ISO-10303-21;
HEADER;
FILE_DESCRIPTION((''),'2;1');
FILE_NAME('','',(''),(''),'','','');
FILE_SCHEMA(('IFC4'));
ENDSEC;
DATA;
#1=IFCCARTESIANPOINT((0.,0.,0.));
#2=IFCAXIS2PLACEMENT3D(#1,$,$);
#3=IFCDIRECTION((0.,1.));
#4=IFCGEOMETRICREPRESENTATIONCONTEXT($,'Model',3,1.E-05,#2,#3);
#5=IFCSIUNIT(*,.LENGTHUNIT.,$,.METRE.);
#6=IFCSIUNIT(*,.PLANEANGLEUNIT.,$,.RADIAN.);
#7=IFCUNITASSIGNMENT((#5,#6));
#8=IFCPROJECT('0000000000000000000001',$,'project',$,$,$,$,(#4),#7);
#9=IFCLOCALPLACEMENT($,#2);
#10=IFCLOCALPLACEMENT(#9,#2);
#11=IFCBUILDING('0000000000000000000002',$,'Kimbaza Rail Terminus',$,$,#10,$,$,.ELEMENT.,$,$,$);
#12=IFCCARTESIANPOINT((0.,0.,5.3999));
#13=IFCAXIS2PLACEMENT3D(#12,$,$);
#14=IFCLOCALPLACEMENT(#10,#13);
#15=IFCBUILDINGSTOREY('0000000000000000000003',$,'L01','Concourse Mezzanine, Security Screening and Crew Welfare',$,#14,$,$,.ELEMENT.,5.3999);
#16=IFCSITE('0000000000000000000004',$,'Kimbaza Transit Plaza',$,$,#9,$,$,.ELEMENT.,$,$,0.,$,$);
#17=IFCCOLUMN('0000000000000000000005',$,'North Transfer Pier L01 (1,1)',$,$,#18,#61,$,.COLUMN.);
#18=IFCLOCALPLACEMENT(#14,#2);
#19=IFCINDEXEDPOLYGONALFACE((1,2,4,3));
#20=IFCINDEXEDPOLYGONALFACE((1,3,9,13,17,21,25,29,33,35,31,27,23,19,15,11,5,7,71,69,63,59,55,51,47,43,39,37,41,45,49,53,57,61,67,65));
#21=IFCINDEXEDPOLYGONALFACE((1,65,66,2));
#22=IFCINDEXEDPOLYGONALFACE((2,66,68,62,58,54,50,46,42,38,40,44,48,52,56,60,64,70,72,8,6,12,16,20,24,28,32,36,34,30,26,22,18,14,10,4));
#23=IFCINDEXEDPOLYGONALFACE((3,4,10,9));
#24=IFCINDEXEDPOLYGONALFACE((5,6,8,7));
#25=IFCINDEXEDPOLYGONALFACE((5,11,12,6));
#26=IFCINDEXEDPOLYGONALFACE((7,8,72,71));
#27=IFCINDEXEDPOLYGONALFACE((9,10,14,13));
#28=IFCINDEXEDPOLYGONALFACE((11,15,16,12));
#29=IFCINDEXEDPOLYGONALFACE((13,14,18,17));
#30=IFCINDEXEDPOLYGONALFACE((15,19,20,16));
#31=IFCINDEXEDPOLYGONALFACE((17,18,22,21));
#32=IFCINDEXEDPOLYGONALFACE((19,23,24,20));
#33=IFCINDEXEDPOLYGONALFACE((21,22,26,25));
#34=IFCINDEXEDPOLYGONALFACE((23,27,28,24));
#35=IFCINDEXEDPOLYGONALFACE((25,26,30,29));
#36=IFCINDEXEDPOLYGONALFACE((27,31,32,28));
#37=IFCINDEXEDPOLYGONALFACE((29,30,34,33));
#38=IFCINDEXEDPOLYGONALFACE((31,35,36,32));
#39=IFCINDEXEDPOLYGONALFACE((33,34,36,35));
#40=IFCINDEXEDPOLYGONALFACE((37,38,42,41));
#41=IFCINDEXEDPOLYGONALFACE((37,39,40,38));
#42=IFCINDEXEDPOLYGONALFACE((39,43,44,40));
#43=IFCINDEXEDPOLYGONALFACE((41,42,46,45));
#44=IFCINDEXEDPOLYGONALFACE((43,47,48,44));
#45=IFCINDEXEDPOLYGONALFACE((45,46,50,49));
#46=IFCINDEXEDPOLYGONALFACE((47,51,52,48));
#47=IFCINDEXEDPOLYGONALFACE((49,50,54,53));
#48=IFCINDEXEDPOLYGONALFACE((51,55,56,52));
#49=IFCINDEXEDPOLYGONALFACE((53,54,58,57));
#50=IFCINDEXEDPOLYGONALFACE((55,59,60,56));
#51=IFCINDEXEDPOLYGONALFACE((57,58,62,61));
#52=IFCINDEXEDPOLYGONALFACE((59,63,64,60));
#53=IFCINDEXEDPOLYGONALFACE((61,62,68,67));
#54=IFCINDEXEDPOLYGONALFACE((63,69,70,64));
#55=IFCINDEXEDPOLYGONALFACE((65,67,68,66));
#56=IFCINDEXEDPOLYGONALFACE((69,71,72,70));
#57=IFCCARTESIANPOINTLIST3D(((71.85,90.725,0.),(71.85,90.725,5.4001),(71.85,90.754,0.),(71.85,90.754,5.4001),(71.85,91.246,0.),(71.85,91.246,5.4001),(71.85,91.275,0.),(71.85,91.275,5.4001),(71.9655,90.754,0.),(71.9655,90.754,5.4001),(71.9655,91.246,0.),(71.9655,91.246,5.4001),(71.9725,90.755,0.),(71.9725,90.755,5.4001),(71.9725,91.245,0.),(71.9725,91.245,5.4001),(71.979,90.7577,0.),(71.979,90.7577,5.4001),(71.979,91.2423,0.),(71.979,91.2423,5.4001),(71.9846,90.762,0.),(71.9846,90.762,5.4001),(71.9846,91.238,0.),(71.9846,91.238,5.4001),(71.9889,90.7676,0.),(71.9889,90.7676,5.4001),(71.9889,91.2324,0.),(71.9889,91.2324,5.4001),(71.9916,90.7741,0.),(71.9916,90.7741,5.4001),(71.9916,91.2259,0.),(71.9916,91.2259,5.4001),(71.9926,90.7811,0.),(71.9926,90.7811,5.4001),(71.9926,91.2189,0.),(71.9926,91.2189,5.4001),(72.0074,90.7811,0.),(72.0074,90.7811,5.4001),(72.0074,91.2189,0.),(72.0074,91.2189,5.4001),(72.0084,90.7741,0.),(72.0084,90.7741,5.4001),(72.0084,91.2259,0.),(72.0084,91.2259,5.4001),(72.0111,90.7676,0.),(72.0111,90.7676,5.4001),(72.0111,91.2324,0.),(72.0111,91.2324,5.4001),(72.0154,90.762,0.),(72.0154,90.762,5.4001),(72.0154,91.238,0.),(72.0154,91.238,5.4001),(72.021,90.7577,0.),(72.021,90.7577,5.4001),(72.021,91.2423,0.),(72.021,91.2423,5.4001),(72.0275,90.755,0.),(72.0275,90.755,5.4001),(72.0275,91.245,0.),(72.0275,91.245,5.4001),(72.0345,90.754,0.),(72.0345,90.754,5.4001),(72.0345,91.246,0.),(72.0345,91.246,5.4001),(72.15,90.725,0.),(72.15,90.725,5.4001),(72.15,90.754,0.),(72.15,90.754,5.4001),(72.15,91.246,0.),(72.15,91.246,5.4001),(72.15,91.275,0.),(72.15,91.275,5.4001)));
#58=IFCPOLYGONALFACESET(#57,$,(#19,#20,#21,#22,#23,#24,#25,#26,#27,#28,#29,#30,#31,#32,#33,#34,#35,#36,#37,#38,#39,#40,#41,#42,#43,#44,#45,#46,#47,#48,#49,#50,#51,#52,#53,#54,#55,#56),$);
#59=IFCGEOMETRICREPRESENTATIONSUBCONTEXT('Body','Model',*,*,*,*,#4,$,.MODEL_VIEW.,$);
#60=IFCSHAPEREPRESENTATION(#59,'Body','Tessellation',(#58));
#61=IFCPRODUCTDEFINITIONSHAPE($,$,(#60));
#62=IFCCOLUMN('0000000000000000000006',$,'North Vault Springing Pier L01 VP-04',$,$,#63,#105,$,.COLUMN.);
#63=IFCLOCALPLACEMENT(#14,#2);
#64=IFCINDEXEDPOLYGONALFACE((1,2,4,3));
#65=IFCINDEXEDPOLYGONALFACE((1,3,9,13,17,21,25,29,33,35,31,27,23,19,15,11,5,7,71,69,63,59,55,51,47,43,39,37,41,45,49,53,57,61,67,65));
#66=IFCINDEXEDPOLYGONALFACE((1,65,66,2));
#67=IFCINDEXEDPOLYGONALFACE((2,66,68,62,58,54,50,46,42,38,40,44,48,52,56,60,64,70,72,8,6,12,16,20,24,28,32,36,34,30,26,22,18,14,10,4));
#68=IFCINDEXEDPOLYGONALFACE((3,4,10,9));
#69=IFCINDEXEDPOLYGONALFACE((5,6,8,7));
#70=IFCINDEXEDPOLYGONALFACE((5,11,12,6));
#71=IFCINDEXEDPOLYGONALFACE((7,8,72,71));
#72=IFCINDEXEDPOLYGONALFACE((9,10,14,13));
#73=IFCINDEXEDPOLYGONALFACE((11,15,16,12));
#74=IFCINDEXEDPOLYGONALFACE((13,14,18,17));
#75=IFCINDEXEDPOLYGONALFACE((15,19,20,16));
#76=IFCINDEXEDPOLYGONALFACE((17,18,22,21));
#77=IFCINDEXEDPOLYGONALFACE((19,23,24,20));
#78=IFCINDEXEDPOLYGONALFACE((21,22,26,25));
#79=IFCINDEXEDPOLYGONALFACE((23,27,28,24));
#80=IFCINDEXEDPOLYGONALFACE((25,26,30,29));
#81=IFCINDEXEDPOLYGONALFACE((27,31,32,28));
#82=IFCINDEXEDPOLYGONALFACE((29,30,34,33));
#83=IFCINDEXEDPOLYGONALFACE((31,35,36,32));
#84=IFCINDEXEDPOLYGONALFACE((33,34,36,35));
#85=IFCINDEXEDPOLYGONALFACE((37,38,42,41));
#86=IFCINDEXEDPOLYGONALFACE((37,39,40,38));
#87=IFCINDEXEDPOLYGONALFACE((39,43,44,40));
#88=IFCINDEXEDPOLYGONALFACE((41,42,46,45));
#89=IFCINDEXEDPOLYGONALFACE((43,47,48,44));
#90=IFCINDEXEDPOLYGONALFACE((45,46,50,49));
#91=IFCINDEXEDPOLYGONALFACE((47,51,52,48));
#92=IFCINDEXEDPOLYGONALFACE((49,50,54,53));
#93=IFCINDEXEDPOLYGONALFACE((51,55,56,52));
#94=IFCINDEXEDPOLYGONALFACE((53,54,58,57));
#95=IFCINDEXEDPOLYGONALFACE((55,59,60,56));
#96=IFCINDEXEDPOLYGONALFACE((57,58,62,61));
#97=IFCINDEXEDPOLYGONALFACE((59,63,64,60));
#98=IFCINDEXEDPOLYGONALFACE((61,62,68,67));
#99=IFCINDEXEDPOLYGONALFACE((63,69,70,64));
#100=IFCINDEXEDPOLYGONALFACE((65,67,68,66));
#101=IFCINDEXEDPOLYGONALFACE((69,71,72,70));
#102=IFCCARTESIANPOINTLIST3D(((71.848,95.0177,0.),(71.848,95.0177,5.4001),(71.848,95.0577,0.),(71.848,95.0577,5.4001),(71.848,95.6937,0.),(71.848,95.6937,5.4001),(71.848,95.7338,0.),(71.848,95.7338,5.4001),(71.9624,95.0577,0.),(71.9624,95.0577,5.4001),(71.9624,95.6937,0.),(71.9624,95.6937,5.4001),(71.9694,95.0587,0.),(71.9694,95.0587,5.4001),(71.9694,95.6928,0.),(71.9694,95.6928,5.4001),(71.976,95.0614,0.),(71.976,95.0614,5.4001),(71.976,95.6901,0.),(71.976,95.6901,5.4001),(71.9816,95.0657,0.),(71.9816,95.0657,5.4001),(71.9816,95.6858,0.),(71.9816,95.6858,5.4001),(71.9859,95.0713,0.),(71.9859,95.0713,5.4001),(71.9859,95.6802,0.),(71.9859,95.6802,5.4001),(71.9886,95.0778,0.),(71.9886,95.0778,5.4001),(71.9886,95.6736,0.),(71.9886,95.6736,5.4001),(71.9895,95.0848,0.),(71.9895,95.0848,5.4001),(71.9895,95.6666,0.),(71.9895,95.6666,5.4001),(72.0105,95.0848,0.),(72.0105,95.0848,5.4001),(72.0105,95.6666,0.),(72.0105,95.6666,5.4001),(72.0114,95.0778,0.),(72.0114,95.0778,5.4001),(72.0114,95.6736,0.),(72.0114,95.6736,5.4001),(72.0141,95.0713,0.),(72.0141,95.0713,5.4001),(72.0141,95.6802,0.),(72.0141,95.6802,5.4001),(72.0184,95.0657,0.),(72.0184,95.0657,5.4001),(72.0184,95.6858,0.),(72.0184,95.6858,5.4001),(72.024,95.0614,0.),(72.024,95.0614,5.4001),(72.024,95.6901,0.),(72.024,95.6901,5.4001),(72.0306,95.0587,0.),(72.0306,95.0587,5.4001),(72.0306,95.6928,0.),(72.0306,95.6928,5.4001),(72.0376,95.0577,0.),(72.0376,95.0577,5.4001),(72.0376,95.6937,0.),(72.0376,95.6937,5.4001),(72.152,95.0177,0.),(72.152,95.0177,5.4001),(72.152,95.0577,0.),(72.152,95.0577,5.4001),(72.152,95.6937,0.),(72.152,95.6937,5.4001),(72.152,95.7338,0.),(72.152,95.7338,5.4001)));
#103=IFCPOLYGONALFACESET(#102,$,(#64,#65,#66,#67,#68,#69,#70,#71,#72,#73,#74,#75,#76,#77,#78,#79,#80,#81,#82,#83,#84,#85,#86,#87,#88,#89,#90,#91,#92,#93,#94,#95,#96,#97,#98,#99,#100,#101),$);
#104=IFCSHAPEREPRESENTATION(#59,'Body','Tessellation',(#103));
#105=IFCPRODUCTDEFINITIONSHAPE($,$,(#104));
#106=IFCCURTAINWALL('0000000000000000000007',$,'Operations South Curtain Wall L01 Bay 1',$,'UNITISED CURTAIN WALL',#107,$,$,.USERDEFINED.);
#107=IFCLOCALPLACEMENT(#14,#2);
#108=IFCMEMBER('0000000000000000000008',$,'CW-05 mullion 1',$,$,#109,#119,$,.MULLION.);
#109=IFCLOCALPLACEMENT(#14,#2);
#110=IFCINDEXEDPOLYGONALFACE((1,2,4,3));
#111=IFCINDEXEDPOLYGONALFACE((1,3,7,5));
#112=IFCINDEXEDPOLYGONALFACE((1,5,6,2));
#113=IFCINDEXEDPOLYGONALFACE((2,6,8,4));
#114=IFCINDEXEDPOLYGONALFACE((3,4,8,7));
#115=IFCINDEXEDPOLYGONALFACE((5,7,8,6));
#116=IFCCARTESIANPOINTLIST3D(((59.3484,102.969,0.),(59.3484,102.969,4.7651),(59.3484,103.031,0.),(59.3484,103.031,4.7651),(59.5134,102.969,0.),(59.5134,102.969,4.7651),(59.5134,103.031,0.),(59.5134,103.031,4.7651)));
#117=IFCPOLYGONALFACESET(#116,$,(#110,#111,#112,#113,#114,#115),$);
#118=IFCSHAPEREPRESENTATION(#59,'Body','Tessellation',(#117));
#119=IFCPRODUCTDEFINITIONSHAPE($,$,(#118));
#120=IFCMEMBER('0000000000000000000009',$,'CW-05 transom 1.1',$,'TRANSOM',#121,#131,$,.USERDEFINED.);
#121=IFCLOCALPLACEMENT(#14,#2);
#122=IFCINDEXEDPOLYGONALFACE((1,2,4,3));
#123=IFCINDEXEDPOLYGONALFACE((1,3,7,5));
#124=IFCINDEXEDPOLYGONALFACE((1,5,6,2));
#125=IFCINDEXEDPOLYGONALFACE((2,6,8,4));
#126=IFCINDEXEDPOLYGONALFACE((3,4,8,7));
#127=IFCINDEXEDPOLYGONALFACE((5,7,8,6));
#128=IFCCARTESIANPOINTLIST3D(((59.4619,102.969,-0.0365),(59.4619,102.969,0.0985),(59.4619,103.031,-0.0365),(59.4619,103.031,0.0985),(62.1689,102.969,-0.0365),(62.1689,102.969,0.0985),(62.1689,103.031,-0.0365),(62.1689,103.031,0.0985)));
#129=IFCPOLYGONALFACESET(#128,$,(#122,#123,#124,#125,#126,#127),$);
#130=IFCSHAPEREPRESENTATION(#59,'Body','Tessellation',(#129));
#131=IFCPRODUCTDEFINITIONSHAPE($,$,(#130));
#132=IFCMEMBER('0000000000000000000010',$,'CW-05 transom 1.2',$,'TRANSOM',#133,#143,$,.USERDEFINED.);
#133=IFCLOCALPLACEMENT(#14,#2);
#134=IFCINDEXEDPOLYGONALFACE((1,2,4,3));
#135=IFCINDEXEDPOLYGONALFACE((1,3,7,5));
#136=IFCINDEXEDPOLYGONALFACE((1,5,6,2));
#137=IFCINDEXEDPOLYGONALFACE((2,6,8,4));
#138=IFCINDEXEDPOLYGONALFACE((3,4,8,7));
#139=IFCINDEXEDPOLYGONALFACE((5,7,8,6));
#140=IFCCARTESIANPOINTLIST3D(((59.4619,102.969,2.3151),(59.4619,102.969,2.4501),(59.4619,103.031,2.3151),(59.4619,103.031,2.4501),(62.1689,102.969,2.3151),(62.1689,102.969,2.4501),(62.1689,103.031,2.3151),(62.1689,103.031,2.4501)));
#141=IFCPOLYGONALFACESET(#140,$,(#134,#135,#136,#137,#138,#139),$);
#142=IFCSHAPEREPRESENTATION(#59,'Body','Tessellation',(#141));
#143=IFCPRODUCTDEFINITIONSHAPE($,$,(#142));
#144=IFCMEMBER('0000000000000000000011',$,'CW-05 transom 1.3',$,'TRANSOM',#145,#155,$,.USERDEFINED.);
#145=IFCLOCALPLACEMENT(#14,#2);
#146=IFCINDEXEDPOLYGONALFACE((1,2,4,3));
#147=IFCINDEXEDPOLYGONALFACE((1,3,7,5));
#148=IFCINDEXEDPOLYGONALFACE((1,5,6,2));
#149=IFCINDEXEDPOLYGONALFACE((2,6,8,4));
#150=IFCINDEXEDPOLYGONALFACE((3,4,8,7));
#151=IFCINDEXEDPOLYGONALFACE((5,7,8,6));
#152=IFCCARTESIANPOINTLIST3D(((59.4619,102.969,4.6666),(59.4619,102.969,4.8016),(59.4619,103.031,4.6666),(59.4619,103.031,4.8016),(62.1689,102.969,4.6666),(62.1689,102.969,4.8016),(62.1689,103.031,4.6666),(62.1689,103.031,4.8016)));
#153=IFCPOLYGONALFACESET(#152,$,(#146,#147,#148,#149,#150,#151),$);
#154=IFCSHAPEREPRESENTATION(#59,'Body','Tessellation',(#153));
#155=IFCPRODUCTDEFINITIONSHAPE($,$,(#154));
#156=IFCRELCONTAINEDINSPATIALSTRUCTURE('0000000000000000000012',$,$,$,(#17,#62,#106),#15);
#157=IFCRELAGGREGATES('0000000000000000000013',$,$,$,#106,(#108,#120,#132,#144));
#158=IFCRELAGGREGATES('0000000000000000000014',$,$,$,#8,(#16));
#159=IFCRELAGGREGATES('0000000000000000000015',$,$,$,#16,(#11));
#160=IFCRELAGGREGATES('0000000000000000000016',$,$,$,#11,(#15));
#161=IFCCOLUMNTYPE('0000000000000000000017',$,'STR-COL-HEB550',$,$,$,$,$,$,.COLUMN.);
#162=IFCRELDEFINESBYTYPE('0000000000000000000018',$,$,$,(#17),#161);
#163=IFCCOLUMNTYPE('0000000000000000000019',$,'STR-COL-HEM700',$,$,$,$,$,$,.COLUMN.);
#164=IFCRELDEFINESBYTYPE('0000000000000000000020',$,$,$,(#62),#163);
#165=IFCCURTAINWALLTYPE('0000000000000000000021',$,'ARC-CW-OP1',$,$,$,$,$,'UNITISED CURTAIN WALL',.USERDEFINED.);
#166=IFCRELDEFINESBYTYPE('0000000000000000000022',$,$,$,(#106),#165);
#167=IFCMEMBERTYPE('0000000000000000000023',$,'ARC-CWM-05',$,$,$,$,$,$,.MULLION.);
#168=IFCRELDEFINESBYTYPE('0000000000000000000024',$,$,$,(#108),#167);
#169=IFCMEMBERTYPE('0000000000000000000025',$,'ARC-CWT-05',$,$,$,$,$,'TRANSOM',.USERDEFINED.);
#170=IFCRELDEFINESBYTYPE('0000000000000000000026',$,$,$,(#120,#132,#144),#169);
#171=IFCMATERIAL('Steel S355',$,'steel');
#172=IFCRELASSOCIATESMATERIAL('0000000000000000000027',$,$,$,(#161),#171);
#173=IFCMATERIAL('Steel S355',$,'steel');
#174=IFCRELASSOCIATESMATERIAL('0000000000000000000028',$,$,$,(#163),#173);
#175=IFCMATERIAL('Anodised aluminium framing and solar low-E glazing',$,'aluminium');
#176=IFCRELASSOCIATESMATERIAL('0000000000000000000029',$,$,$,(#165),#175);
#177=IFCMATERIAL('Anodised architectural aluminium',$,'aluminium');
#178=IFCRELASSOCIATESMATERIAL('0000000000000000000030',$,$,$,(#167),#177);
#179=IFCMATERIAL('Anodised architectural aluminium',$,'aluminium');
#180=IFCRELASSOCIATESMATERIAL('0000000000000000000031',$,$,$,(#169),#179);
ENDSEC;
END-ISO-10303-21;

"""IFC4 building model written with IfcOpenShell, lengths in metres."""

from ifc_helpers import new_model, si_unit, direction, frame, origin, origin_2d, place, context, subcontext, project, spatial, rectangle, i_section, extrude, material, material_profile, profile_set, type_object, element, aggregate, save


model = new_model("IFC4")

# Units and contexts
model_context = context("Model", 3, precision=1e-05, world=origin(), true_north=direction((0.0, 1.0)))
body_context = subcontext(model_context, "Body", "Model", "MODEL_VIEW")
ifc_project = project(units=[si_unit("LENGTHUNIT", "METRE"), si_unit("PLANEANGLEUNIT", "RADIAN")], contexts=[model_context])

# Site, building, storey
site_placement = place(None, origin())
site = spatial("IfcSite", under=ifc_project, at=site_placement, Name="Kimbaza Transit Plaza", CompositionType="ELEMENT", RefElevation=0.0)
building_placement = place(site_placement, origin())
building = spatial("IfcBuilding", under=site, at=building_placement, Name="Kimbaza Rail Terminus", CompositionType="ELEMENT")
storey_placement = place(building_placement, frame((0.0, 0.0, 5.3999)))
storey = spatial("IfcBuildingStorey", under=building, at=storey_placement, Name="L01", Description="Concourse Mezzanine, Security Screening and Crew Welfare", CompositionType="ELEMENT", Elevation=5.3999)

# Columns
ifc_material_1 = material(Name="Steel S355", Category="steel")
ifc_material_profile_1 = material_profile(ifc_material_1, i_section(OverallWidth=0.3, OverallDepth=0.55, WebThickness=0.0149, FlangeThickness=0.0291, FilletRadius=0.0271, at=origin_2d()), Name="HEB 550")
ifc_profile_set_1 = profile_set([ifc_material_profile_1], Name="Steel S355")
column_type_1 = type_object("IfcColumnType", Name="STR-COL-HEB550", PredefinedType="COLUMN", material=ifc_profile_set_1)
column_1_placement = place(storey_placement, frame((72.0, 91.0, 0.0), z_axis=(0.0, 0.0, 1.0), x_axis=(1.0, 0.0, 0.0)))
element("IfcColumn", 1, at=column_1_placement, inside=storey, type_object=column_type_1, Name="North Transfer Pier L01 (1,1)", PredefinedType="COLUMN", context=body_context, shape_type="SweptSolid", body=[
    extrude(i_section(OverallWidth=0.3, OverallDepth=0.55, WebThickness=0.0149, FlangeThickness=0.0291, FilletRadius=0.0271, at=origin_2d()), origin(), (0.0, 0.0, 1.0), 5.4001),
])
ifc_material_2 = material(Name="Steel S355", Category="steel")
ifc_material_profile_2 = material_profile(ifc_material_2, i_section(OverallWidth=0.304, OverallDepth=0.7161, WebThickness=0.021, FlangeThickness=0.04, FilletRadius=0.0271, at=origin_2d()), Name="HEM 700")
ifc_profile_set_2 = profile_set([ifc_material_profile_2], Name="Steel S355")
column_type_2 = type_object("IfcColumnType", Name="STR-COL-HEM700", PredefinedType="COLUMN", material=ifc_profile_set_2)
column_2_placement = place(storey_placement, frame((72.0, 95.3757, 0.0), z_axis=(0.0, 0.0, 1.0), x_axis=(1.0, 0.0, 0.0)))
element("IfcColumn", 2, at=column_2_placement, inside=storey, type_object=column_type_2, Name="North Vault Springing Pier L01 VP-04", PredefinedType="COLUMN", context=body_context, shape_type="SweptSolid", body=[
    extrude(i_section(OverallWidth=0.304, OverallDepth=0.7161, WebThickness=0.021, FlangeThickness=0.04, FilletRadius=0.0271, at=origin_2d()), origin(), (0.0, 0.0, 1.0), 5.4001),
])

# Curtain wall, members
ifc_material_3 = material(Name="Anodised aluminium framing and solar low-E glazing", Category="aluminium")
curtain_wall_type = type_object("IfcCurtainWallType", Name="ARC-CW-OP1", ElementType="UNITISED CURTAIN WALL", PredefinedType="USERDEFINED", material=ifc_material_3)
curtain_wall_placement = place(storey_placement, origin())
curtain_wall = element("IfcCurtainWall", 3, at=curtain_wall_placement, inside=storey, type_object=curtain_wall_type, Name="Operations South Curtain Wall L01 Bay 1", ObjectType="UNITISED CURTAIN WALL", PredefinedType="USERDEFINED")
ifc_material_4 = material(Name="Anodised architectural aluminium", Category="aluminium")
ifc_material_profile_3 = material_profile(ifc_material_4, rectangle(XDim=0.062, YDim=0.165, at=origin_2d()), Name="MULLION 62x165")
ifc_profile_set_3 = profile_set([ifc_material_profile_3], Name="Anodised architectural aluminium")
member_type_1 = type_object("IfcMemberType", Name="ARC-CWM-05", PredefinedType="MULLION", material=ifc_profile_set_3)
member_1_placement = place(storey_placement, frame((59.4309, 103.0, 0.0), z_axis=(0.0, 0.0, 1.0), x_axis=(0.0, 1.0, 0.0)))
member_1 = element("IfcMember", 4, at=member_1_placement, type_object=member_type_1, Name="CW-05 mullion 1", PredefinedType="MULLION", context=body_context, shape_type="SweptSolid", body=[
    extrude(rectangle(XDim=0.062, YDim=0.165, at=origin_2d()), origin(), (0.0, 0.0, 1.0), 4.7651),
])
ifc_material_5 = material(Name="Anodised architectural aluminium", Category="aluminium")
ifc_material_profile_4 = material_profile(ifc_material_5, rectangle(XDim=0.062, YDim=0.135, at=origin_2d()), Name="TRANSOM 62x135")
ifc_profile_set_4 = profile_set([ifc_material_profile_4], Name="Anodised architectural aluminium")
member_type_2 = type_object("IfcMemberType", Name="ARC-CWT-05", ElementType="TRANSOM", PredefinedType="USERDEFINED", material=ifc_profile_set_4)
member_2_placement = place(storey_placement, frame((59.4619, 103.0, 0.031), z_axis=(1.0, 0.0, 0.0), x_axis=(0.0, 1.0, 0.0)))
member_2 = element("IfcMember", 5, at=member_2_placement, type_object=member_type_2, Name="CW-05 transom 1.1", ObjectType="TRANSOM", PredefinedType="USERDEFINED", context=body_context, shape_type="SweptSolid", body=[
    extrude(rectangle(XDim=0.062, YDim=0.135, at=origin_2d()), origin(), (0.0, 0.0, 1.0), 2.707),
])
member_3_placement = place(storey_placement, frame((59.4619, 103.0, 2.3826), z_axis=(1.0, 0.0, 0.0), x_axis=(0.0, 1.0, 0.0)))
member_3 = element("IfcMember", 6, at=member_3_placement, type_object=member_type_2, Name="CW-05 transom 1.2", ObjectType="TRANSOM", PredefinedType="USERDEFINED", context=body_context, shape_type="SweptSolid", body=[
    extrude(rectangle(XDim=0.062, YDim=0.135, at=origin_2d()), origin(), (0.0, 0.0, 1.0), 2.707),
])
member_4_placement = place(storey_placement, frame((59.4619, 103.0, 4.7341), z_axis=(1.0, 0.0, 0.0), x_axis=(0.0, 1.0, 0.0)))
member_4 = element("IfcMember", 7, at=member_4_placement, type_object=member_type_2, Name="CW-05 transom 1.3", ObjectType="TRANSOM", PredefinedType="USERDEFINED", context=body_context, shape_type="SweptSolid", body=[
    extrude(rectangle(XDim=0.062, YDim=0.135, at=origin_2d()), origin(), (0.0, 0.0, 1.0), 2.707),
])

aggregate(curtain_wall, [member_1, member_2, member_3, member_4])

save(model, "model.ifc")
